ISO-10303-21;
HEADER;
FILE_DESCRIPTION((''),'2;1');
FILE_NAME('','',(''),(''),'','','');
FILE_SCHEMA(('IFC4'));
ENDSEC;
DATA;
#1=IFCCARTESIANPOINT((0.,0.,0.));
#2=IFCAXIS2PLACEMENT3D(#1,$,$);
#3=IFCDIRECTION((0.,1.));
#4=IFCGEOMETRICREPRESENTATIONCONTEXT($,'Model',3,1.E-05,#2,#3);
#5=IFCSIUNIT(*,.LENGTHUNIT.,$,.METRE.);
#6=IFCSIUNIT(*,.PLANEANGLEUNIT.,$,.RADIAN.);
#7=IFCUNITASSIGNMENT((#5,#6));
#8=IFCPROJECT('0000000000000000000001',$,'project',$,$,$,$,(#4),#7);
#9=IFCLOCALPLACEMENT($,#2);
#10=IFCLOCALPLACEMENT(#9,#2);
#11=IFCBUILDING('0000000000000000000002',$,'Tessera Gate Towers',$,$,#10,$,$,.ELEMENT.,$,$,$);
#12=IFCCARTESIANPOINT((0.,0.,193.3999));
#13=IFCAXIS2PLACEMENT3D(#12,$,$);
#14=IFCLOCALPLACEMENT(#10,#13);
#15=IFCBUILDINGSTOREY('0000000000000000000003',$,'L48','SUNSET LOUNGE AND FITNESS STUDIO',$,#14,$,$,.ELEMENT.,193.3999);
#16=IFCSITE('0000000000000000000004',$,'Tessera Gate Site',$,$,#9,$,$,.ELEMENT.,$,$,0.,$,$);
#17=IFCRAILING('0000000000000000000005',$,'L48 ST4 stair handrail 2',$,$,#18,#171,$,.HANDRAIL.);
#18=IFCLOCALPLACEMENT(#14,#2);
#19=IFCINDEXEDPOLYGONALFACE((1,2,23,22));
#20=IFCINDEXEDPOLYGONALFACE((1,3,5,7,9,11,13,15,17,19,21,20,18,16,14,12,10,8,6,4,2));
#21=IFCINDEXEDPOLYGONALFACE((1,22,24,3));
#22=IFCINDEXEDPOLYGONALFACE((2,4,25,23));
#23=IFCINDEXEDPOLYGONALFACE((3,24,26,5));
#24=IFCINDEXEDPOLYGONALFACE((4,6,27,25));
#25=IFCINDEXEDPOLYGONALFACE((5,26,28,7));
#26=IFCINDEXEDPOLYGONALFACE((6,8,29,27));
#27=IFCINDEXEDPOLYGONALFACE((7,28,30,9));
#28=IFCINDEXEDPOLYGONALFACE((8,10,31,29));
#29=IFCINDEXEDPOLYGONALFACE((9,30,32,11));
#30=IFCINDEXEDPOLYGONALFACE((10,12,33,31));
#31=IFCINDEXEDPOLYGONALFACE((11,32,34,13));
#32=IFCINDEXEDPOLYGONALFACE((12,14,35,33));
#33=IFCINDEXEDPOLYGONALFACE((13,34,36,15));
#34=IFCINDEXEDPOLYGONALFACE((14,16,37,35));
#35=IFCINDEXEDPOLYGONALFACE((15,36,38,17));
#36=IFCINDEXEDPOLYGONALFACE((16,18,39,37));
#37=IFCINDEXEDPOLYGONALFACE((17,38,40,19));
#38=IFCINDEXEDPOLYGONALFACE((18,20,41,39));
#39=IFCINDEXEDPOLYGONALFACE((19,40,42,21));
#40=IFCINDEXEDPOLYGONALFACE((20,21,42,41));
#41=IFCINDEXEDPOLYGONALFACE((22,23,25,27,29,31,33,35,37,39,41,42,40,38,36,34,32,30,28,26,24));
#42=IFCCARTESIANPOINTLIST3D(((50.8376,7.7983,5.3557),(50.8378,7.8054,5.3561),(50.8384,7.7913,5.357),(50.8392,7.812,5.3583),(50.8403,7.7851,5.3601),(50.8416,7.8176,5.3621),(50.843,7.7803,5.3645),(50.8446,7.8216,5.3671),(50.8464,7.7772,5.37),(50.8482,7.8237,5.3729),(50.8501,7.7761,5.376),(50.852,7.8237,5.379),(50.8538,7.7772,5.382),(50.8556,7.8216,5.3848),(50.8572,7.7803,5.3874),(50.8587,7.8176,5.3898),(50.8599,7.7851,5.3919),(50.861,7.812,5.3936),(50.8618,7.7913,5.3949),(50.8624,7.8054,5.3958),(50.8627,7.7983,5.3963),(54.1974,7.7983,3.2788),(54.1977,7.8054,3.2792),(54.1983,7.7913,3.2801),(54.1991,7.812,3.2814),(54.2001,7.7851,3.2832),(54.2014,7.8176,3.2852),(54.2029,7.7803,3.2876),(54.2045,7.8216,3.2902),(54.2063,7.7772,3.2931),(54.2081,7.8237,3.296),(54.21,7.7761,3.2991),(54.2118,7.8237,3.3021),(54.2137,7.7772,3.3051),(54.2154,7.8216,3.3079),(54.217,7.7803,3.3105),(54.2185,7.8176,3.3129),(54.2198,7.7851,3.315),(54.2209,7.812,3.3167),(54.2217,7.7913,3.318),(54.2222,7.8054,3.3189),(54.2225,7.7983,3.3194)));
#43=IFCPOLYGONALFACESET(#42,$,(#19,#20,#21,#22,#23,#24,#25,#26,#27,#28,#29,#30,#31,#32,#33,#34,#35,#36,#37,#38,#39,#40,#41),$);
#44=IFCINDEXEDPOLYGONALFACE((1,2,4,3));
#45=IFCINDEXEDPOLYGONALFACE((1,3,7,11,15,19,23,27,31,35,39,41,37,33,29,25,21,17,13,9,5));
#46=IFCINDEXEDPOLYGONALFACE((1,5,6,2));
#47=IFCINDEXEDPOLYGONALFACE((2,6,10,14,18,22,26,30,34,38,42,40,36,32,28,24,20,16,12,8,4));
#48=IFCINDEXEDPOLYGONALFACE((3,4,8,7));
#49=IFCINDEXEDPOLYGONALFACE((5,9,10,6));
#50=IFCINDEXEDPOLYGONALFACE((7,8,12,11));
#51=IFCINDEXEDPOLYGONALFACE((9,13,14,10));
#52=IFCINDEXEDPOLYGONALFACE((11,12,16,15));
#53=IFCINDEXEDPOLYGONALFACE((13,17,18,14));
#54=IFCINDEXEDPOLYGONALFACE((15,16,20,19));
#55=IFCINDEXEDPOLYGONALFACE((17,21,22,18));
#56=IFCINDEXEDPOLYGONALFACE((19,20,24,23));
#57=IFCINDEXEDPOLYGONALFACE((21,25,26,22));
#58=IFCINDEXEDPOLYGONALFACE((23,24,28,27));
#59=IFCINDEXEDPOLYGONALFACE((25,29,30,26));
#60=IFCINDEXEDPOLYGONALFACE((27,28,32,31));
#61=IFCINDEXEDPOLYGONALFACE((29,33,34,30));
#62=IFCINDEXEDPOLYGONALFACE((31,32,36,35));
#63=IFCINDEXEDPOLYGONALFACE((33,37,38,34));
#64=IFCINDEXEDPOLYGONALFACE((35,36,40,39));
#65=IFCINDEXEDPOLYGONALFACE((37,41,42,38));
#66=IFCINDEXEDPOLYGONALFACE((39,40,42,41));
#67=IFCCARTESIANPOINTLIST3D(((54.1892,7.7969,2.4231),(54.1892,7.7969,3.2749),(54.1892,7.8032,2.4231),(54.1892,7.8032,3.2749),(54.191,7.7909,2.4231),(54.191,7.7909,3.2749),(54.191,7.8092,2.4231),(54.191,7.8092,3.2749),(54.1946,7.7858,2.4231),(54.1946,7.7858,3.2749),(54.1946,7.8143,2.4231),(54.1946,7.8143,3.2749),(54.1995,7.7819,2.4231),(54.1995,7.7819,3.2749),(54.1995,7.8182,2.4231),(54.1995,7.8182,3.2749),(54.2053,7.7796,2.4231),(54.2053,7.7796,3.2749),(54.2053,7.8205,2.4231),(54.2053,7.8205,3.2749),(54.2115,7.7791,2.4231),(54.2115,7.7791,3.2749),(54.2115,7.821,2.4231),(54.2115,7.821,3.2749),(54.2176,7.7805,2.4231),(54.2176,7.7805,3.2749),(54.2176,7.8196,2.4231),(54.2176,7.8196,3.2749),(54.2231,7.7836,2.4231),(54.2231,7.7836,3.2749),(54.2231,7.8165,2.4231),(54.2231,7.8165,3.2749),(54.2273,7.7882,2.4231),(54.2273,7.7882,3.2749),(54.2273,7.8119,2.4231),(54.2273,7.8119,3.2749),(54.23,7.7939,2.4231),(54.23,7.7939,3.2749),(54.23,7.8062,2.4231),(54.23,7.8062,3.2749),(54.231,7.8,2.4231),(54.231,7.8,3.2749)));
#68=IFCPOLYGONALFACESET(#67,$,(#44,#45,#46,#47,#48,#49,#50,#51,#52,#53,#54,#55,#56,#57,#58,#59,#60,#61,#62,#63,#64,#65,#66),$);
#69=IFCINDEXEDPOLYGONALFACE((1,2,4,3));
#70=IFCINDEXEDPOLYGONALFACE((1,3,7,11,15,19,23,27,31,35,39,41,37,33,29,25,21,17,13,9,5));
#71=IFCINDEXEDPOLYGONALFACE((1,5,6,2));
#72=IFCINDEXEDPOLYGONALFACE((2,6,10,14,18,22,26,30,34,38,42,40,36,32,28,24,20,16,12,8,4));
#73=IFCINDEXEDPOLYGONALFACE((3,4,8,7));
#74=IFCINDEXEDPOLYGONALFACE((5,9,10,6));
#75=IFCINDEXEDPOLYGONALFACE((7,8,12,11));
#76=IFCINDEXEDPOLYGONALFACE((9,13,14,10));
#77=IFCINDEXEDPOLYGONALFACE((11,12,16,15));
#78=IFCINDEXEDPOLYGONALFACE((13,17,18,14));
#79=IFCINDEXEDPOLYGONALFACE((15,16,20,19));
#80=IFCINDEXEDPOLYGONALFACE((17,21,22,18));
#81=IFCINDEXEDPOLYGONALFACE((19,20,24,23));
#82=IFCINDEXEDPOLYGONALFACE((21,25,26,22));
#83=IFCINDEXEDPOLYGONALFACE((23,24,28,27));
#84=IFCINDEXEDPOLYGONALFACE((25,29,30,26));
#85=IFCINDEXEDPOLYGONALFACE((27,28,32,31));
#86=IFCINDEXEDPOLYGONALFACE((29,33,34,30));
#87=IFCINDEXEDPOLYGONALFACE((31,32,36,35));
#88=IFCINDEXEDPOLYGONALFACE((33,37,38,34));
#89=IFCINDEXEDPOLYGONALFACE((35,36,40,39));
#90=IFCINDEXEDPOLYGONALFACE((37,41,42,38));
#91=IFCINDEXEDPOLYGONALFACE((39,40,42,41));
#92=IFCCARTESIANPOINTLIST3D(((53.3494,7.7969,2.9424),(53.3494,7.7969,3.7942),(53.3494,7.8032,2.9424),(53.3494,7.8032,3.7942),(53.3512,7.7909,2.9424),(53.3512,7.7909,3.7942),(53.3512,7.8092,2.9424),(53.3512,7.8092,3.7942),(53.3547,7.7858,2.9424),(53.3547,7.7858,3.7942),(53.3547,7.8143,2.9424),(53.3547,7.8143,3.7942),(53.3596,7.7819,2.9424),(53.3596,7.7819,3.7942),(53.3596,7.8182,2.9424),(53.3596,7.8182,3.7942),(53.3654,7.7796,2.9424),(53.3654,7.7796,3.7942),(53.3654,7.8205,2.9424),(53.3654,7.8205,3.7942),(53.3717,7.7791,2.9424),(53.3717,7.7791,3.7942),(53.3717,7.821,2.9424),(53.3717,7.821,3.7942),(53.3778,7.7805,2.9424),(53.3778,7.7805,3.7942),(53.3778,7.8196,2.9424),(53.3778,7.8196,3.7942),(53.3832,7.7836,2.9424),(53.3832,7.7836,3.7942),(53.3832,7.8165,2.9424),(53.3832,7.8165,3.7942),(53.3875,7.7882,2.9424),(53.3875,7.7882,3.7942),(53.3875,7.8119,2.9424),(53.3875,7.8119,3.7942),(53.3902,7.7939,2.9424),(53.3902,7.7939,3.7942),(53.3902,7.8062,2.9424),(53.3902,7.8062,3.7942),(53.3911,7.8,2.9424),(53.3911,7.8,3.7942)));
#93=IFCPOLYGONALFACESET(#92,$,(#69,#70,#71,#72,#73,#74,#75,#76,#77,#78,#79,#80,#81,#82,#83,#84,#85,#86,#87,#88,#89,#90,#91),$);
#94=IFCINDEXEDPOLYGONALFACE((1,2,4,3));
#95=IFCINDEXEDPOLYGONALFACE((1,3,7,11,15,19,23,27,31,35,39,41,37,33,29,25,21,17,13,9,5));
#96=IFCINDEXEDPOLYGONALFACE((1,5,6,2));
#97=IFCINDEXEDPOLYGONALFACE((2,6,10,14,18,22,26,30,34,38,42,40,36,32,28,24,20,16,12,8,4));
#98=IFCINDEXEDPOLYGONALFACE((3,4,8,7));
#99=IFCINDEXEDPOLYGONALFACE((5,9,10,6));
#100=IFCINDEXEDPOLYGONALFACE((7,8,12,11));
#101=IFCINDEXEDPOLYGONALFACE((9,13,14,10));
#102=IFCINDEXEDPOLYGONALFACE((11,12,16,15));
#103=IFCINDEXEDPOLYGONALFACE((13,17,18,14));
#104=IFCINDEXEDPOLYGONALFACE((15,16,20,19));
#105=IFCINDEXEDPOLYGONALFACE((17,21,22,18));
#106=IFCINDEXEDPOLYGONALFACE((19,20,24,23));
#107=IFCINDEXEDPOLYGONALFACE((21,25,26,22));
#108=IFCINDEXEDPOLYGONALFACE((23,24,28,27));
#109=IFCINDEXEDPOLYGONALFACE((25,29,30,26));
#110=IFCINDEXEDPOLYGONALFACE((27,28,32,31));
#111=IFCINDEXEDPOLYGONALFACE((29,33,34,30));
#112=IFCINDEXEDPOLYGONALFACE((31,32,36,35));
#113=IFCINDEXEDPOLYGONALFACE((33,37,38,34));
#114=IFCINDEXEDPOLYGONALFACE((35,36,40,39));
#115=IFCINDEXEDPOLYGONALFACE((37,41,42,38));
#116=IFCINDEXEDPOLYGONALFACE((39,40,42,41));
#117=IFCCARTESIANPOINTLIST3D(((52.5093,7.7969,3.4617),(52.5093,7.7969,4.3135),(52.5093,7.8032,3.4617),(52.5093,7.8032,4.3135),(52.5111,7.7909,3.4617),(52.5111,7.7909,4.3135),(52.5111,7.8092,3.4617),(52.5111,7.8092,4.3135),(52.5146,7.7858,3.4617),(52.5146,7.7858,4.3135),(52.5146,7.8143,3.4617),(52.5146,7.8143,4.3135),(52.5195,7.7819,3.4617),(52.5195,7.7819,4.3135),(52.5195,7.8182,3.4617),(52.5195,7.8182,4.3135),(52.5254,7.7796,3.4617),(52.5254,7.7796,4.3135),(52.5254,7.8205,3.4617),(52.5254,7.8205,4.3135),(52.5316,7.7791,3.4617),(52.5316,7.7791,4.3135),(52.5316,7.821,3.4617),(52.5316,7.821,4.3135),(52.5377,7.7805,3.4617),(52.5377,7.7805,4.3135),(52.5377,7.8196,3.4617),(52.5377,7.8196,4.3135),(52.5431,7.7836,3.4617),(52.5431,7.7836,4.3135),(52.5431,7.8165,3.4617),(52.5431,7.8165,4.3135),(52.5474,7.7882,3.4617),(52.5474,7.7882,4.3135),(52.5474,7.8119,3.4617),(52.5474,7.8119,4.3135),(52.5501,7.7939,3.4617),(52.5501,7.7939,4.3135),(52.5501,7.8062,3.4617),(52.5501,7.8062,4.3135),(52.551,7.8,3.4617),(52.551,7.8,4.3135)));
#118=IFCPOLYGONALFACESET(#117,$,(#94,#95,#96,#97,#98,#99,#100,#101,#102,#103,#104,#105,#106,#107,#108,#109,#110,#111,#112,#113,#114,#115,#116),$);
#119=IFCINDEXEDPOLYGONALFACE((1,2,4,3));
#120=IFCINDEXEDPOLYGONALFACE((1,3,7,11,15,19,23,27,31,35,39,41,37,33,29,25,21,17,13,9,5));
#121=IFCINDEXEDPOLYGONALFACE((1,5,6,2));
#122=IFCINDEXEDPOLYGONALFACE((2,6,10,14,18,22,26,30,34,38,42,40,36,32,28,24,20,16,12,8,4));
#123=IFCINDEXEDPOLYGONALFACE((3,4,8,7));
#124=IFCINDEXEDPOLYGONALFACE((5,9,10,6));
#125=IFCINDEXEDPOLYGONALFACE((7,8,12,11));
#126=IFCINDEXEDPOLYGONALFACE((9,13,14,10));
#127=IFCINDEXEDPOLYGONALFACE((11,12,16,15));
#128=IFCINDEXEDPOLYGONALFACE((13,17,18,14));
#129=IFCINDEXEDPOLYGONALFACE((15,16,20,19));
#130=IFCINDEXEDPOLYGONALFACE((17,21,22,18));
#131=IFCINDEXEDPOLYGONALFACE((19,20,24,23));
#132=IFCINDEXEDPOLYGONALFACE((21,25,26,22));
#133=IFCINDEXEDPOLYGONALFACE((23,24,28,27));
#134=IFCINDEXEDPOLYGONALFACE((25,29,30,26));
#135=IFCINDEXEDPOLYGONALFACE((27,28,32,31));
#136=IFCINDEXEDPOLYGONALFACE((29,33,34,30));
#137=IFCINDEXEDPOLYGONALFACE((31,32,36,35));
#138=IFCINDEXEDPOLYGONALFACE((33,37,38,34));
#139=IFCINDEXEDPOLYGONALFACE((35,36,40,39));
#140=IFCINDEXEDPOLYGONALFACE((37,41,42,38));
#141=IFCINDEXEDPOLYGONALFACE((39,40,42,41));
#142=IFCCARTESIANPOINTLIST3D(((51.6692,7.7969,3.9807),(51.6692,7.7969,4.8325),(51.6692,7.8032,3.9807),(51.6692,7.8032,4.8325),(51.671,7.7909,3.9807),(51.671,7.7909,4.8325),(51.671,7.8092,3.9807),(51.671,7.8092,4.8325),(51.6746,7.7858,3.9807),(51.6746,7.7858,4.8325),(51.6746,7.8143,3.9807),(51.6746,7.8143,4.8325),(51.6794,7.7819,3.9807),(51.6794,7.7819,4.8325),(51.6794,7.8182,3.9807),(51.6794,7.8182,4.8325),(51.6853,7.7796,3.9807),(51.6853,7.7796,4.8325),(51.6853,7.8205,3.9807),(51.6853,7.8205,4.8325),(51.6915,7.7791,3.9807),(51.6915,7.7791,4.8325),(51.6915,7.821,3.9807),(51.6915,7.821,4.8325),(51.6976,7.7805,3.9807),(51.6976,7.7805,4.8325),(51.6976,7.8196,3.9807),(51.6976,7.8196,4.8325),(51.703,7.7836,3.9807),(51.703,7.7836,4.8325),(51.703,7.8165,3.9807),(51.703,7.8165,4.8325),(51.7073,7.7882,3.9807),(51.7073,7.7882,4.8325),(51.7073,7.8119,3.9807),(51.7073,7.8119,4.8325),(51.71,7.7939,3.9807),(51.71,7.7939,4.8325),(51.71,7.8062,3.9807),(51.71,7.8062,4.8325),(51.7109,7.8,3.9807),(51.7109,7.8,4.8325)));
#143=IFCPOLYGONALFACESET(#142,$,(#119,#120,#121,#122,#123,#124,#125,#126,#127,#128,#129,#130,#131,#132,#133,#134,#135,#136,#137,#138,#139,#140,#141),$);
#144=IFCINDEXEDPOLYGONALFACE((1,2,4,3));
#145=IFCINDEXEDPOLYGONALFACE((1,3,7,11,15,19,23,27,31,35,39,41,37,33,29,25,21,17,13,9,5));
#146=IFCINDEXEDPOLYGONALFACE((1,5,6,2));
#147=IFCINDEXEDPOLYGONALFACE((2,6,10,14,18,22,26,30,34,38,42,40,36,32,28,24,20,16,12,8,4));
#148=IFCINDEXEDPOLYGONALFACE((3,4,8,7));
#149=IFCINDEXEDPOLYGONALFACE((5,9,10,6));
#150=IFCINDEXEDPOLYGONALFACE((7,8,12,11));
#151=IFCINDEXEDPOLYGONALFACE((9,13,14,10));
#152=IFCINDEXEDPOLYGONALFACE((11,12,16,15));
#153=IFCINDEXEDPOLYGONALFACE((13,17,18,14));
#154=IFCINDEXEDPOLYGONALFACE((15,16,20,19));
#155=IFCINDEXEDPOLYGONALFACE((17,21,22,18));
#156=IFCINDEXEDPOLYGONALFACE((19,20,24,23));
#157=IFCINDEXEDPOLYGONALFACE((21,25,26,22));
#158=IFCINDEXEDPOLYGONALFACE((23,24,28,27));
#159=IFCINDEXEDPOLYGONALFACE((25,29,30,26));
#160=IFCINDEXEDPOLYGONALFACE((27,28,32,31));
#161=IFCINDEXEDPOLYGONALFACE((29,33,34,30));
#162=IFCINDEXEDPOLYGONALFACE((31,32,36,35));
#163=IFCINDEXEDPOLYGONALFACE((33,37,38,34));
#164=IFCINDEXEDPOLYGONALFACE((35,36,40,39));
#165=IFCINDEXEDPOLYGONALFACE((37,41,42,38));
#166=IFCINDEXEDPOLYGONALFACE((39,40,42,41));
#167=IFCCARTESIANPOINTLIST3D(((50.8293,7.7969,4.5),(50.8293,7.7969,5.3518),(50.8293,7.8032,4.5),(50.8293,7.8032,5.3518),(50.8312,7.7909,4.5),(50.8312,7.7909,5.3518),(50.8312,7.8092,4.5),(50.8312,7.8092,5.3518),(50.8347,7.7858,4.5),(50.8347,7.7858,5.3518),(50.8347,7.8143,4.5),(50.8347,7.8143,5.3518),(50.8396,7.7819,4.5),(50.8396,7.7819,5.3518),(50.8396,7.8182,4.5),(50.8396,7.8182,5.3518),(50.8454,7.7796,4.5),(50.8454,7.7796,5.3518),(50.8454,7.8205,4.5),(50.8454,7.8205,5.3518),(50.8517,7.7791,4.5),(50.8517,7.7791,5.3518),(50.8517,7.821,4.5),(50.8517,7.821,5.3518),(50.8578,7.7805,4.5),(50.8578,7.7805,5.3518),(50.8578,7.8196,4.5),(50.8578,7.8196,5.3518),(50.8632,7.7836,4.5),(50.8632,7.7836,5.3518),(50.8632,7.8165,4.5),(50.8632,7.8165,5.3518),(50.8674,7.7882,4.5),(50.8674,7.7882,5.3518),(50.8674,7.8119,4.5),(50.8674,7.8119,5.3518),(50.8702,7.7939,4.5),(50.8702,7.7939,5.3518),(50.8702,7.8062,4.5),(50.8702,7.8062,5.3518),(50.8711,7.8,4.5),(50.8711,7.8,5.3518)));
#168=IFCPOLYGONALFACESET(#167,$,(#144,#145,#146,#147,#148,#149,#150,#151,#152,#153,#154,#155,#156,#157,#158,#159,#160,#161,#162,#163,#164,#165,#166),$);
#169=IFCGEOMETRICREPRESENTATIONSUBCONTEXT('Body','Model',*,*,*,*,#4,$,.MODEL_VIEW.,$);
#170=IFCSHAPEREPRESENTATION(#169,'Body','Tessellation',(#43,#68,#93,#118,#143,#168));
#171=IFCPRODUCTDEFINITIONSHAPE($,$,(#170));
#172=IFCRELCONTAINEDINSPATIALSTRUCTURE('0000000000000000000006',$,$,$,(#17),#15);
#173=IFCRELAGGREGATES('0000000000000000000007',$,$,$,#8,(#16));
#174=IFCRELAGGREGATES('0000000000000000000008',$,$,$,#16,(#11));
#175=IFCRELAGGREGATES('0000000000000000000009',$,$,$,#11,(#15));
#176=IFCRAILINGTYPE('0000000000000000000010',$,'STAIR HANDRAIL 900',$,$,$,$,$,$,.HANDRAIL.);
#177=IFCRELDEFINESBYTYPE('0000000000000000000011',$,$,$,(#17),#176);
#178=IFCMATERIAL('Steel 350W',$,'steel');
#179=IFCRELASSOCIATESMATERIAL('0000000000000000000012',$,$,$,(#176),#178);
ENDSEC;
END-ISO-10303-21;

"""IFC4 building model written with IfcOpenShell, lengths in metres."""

from ifc_helpers import new_model, si_unit, direction, frame, origin, origin_2d, place, context, subcontext, project, spatial, circle, extrude, material, type_object, element, save


model = new_model("IFC4")

# Units and contexts
model_context = context("Model", 3, precision=1e-05, world=origin(), true_north=direction((0.0, 1.0)))
body_context = subcontext(model_context, "Body", "Model", "MODEL_VIEW")
ifc_project = project(units=[si_unit("LENGTHUNIT", "METRE"), si_unit("PLANEANGLEUNIT", "RADIAN")], contexts=[model_context])

# Site, building, storey
site_placement = place(None, origin())
site = spatial("IfcSite", under=ifc_project, at=site_placement, Name="Tessera Gate Site", CompositionType="ELEMENT", RefElevation=0.0)
building_placement = place(site_placement, origin())
building = spatial("IfcBuilding", under=site, at=building_placement, Name="Tessera Gate Towers", CompositionType="ELEMENT")
storey_placement = place(building_placement, frame((0.0, 0.0, 193.3999)))
storey = spatial("IfcBuildingStorey", under=building, at=storey_placement, Name="L48", Description="SUNSET LOUNGE AND FITNESS STUDIO", CompositionType="ELEMENT", Elevation=193.3999)

# Railing
ifc_material_1 = material(Name="Steel 350W", Category="steel")
railing_type_1 = type_object("IfcRailingType", Name="STAIR HANDRAIL 900", PredefinedType="HANDRAIL", material=ifc_material_1)
railing_1_placement = place(storey_placement, frame((54.21, 7.8, 2.4231)))
element("IfcRailing", 1, at=railing_1_placement, inside=storey, type_object=railing_type_1, Name="L48 ST4 stair handrail 2", PredefinedType="HANDRAIL", context=body_context, shape_type="SweptSolid", body=[
    extrude(circle(Radius=0.0239, at=origin_2d()), frame((0.0, 0.0, 0.876), z_axis=(-0.850606, 0.0, 0.525803), x_axis=(0.0, -1.0, 0.0)), (0.0, 0.0, 1.0), 3.95),
    extrude(circle(Radius=0.021, at=origin_2d()), origin(), (0.0, 0.0, 1.0), 0.8518),
    extrude(circle(Radius=0.021, at=origin_2d()), frame((-0.8398, 0.0, 0.5193)), (0.0, 0.0, 1.0), 0.8518),
    extrude(circle(Radius=0.021, at=origin_2d()), frame((-1.6799, 0.0, 1.0386)), (0.0, 0.0, 1.0), 0.8518),
    extrude(circle(Radius=0.021, at=origin_2d()), frame((-2.52, 0.0, 1.5576)), (0.0, 0.0, 1.0), 0.8518),
    extrude(circle(Radius=0.021, at=origin_2d()), frame((-3.3599, 0.0, 2.0769)), (0.0, 0.0, 1.0), 0.8518),
])

save(model, "model.ifc")
